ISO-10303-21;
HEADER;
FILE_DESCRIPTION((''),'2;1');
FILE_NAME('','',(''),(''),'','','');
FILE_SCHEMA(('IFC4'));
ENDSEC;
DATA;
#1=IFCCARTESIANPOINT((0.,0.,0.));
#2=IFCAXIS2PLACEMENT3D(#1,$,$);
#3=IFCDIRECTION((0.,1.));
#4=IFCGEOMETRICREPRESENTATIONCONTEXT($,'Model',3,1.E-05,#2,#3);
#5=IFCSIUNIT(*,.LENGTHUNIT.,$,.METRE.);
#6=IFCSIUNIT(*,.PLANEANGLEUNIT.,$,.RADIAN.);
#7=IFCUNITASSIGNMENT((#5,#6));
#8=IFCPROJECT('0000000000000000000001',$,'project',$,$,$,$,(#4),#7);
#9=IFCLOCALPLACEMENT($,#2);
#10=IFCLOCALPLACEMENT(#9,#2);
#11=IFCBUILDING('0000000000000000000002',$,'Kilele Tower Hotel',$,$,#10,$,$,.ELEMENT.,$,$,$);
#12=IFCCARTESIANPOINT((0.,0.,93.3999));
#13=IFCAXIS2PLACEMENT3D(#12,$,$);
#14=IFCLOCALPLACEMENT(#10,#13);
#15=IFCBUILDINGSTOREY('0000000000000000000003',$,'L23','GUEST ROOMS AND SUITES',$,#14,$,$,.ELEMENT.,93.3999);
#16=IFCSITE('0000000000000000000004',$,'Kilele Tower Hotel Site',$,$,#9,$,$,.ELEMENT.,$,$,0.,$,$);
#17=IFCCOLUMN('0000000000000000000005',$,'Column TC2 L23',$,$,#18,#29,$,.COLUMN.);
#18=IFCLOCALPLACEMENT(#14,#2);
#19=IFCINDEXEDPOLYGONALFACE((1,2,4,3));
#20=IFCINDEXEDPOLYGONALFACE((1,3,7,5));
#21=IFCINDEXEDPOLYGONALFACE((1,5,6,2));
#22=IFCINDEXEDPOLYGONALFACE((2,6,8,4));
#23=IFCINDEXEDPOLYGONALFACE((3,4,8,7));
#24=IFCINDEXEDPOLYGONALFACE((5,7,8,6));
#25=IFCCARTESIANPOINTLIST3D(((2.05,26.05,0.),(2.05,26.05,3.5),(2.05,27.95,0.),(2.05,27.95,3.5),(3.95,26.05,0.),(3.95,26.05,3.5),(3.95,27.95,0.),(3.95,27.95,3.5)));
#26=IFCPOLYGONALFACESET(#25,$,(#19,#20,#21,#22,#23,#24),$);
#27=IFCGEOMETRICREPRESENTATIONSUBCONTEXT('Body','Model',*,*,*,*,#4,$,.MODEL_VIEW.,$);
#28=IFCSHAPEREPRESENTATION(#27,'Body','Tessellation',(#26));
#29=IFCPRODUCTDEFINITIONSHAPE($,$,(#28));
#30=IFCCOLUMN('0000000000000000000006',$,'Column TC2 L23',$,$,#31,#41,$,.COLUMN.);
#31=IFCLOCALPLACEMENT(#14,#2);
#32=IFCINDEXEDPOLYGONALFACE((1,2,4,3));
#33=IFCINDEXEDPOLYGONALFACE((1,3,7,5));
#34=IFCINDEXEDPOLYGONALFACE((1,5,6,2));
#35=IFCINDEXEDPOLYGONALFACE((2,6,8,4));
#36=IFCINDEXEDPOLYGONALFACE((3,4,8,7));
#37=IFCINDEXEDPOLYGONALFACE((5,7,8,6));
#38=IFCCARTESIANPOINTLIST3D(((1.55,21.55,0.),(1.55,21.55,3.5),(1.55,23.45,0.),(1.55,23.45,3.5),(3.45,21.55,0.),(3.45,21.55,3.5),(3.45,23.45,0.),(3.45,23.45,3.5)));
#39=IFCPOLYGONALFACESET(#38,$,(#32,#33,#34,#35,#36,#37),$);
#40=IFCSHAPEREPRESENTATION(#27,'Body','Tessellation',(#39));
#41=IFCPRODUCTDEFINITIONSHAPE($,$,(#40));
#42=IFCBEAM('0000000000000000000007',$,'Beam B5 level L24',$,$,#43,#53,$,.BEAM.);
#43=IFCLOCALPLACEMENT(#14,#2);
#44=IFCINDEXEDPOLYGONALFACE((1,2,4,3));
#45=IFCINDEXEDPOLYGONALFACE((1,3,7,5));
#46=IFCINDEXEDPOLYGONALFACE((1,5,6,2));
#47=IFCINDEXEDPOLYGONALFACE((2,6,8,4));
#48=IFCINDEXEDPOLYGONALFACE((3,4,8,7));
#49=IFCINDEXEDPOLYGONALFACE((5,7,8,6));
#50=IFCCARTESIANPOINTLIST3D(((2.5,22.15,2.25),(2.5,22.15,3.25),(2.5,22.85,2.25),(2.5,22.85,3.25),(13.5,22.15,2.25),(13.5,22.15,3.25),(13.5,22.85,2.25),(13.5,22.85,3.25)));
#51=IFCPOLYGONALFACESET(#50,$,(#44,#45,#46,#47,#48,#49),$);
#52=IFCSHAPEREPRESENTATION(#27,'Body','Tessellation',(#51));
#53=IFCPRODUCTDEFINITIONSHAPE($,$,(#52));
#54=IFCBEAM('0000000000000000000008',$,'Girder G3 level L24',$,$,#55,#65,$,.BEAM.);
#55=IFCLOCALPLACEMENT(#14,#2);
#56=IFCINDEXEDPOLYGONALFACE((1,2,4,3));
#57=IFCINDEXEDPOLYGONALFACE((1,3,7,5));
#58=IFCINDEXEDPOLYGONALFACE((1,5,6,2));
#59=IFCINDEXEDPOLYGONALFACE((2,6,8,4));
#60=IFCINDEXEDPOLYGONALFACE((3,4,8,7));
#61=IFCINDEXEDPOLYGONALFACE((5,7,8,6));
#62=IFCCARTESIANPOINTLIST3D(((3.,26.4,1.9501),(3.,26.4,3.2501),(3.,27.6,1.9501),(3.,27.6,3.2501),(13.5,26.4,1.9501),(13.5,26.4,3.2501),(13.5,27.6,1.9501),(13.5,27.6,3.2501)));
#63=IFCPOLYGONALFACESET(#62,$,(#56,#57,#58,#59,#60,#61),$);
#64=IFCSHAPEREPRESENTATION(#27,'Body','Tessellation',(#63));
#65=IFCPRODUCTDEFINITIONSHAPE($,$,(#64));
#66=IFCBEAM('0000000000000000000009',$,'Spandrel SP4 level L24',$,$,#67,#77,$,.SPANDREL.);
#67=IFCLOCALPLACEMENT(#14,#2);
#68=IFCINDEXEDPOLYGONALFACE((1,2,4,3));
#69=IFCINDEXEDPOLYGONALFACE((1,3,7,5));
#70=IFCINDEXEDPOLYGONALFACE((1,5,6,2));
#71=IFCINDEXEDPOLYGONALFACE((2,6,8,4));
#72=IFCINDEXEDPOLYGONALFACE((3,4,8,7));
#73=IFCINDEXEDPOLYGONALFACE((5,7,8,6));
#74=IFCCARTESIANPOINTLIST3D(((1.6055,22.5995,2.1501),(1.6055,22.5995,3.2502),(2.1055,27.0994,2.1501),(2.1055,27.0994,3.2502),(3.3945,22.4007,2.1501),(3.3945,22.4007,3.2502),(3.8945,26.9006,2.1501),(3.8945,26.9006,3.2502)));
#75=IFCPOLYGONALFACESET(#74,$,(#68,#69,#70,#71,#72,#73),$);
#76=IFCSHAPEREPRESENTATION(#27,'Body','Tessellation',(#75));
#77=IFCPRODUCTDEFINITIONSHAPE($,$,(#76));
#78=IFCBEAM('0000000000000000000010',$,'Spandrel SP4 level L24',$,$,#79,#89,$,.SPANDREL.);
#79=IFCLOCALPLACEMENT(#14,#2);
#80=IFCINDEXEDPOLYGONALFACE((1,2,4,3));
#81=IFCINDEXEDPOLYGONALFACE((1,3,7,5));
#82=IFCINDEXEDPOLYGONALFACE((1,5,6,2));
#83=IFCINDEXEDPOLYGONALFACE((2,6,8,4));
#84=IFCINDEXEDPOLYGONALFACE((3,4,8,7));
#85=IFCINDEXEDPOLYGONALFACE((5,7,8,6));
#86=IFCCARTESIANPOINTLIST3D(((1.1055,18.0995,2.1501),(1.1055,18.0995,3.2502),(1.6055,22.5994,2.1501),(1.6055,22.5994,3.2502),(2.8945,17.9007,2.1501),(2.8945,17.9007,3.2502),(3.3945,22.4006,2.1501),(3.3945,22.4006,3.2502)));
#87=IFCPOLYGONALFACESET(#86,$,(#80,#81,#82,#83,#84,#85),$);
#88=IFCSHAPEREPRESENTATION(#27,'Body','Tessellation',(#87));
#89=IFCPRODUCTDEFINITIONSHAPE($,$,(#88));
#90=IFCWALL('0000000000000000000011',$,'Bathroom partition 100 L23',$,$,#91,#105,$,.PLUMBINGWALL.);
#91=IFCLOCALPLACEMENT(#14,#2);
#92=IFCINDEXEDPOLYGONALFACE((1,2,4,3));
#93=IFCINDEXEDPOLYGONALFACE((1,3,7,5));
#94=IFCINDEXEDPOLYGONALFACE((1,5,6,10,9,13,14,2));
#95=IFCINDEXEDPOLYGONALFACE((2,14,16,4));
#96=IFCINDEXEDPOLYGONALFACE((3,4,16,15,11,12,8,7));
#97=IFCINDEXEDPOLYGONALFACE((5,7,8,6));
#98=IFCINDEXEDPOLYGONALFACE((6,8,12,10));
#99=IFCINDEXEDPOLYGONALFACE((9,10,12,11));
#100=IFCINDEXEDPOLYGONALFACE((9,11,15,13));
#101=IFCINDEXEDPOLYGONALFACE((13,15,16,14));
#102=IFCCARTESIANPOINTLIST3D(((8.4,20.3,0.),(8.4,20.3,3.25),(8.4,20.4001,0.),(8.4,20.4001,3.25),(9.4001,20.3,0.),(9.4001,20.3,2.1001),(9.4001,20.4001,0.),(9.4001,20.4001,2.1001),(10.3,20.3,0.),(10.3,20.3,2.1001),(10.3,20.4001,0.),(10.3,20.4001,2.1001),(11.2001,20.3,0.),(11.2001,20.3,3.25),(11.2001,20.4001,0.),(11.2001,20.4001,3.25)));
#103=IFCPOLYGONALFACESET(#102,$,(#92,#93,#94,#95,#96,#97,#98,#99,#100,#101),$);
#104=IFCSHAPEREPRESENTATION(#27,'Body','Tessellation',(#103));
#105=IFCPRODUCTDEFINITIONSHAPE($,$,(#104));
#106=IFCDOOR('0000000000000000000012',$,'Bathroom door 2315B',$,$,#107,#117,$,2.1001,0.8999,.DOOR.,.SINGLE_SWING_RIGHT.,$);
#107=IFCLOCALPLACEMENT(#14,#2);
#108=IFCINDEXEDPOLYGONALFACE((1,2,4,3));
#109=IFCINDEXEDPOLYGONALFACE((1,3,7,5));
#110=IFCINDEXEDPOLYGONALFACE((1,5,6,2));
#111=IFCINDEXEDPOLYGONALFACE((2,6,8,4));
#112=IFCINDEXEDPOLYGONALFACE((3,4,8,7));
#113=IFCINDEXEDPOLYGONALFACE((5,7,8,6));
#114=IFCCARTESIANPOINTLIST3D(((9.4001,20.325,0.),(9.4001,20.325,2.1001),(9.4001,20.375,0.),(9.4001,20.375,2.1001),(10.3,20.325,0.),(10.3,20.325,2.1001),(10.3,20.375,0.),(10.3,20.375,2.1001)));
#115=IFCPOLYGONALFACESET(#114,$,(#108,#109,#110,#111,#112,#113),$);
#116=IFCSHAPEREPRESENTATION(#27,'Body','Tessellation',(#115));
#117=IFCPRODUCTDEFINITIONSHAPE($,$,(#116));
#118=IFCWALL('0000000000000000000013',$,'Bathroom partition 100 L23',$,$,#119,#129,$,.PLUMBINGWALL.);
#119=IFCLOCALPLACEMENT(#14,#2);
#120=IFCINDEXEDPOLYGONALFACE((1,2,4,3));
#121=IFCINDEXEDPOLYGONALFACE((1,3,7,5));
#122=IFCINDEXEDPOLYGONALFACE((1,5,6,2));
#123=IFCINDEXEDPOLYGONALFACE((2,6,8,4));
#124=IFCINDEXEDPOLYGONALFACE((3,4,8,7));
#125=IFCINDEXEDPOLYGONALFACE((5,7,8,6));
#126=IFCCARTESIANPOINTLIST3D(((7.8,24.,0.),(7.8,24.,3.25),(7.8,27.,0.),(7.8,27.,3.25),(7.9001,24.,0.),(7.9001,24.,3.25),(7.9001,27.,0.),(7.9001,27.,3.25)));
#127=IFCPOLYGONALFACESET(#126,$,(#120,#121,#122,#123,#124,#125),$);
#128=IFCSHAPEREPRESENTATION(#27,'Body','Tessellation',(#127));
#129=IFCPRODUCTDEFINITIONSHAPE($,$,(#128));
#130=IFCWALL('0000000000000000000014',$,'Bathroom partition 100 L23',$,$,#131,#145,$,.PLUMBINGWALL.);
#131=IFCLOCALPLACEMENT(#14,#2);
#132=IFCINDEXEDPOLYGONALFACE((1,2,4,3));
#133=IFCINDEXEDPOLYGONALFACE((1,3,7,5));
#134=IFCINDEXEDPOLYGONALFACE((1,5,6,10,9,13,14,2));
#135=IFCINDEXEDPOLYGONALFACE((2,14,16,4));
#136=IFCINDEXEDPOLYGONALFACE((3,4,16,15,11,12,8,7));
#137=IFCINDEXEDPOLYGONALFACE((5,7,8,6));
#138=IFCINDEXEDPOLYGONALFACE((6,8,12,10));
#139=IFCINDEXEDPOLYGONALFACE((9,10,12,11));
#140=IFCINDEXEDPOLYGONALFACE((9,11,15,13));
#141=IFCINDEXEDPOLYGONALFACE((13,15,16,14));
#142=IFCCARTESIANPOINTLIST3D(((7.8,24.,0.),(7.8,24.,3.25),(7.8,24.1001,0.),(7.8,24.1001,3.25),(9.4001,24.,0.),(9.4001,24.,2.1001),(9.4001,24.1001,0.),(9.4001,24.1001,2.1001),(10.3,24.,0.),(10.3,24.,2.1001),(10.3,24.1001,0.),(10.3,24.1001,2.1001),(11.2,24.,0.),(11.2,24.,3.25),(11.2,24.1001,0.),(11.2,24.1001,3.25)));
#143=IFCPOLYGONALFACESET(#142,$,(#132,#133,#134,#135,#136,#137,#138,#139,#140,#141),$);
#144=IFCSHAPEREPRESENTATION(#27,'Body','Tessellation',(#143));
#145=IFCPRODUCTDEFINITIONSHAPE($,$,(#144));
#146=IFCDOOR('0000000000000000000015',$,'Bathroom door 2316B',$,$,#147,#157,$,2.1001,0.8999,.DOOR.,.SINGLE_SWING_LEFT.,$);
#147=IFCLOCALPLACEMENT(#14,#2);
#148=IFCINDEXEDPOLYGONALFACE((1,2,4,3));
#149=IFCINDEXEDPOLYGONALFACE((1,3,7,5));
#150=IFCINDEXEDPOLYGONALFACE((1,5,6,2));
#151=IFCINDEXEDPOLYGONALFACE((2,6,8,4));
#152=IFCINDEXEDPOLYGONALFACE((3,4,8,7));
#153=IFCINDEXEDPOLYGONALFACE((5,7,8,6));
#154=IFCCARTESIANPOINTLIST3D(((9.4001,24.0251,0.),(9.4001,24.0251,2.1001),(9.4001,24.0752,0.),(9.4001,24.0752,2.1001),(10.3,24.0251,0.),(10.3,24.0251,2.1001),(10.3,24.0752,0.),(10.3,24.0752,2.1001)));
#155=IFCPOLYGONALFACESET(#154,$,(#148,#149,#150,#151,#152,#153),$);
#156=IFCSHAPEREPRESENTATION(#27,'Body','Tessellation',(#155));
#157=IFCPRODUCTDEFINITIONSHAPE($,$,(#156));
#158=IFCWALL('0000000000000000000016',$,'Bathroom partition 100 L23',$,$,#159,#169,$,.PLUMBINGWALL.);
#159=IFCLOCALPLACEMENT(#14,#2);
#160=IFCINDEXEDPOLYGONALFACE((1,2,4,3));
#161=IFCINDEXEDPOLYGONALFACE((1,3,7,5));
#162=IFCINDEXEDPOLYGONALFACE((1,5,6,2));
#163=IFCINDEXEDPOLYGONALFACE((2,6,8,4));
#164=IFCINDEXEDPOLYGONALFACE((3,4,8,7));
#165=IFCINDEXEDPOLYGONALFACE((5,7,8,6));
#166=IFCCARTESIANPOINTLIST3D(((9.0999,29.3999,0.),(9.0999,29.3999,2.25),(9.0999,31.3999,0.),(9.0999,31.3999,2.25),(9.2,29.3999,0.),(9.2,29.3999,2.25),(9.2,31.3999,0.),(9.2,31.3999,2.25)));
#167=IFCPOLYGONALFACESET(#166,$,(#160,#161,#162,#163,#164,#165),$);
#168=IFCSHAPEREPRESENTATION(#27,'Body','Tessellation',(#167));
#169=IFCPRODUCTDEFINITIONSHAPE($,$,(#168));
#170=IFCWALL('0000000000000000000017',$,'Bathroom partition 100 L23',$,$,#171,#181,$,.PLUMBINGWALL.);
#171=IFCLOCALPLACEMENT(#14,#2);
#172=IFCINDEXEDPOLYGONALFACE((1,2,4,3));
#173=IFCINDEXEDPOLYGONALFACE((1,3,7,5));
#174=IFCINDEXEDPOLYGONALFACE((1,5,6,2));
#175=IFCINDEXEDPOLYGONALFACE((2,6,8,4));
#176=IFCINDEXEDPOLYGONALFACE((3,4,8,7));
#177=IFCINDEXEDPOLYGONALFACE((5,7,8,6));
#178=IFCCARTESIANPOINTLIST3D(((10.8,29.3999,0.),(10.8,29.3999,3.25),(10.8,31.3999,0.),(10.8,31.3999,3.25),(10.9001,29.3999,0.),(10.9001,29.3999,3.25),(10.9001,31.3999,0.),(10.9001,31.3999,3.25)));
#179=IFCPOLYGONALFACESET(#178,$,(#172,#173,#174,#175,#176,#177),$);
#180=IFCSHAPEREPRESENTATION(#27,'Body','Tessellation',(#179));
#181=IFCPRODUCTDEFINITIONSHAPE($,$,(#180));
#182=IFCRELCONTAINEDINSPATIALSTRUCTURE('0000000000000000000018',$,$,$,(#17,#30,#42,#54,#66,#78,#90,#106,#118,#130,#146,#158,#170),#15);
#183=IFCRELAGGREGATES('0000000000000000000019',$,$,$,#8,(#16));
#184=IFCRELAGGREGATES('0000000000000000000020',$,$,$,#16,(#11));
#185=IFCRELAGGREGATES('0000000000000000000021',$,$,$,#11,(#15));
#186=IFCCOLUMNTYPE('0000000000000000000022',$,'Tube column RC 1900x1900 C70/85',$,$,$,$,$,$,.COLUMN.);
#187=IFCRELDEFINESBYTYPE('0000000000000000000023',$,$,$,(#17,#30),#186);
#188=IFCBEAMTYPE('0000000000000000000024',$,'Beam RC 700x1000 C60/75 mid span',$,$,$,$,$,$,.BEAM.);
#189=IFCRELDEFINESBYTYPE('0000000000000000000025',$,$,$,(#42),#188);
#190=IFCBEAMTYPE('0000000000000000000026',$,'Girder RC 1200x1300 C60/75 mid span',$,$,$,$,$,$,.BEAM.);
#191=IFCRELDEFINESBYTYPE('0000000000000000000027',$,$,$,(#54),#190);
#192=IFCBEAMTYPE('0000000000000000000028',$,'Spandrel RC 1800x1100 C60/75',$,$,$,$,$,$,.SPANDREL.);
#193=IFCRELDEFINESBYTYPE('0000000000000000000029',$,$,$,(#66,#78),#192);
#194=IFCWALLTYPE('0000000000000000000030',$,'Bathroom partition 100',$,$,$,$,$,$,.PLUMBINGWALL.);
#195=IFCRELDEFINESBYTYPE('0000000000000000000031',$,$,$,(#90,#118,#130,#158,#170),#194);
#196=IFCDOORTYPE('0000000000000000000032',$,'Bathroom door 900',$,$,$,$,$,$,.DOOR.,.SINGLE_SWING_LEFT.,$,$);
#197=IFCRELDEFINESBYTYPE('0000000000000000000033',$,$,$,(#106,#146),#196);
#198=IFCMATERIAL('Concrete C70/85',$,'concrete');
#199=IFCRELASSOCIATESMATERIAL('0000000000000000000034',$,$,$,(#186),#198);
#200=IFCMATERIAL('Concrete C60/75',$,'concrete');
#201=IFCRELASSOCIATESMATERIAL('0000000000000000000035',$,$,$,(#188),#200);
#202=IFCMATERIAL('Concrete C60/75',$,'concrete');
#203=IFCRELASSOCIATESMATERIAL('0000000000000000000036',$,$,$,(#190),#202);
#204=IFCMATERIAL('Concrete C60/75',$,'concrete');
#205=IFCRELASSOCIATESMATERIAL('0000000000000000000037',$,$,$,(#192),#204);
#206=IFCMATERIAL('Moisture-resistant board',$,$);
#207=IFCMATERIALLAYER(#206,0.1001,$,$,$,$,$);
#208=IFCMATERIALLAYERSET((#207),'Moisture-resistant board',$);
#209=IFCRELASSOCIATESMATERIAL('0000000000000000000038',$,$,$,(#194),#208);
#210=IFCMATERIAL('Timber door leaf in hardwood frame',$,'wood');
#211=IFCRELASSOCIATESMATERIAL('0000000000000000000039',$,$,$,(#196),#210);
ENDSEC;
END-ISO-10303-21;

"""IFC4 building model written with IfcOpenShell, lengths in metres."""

from ifc_helpers import new_model, si_unit, direction, frame, frame_2d, origin, origin_2d, place, context, subcontext, project, spatial, rectangle, extrude, material, layer, layer_set, material_profile, profile_set, type_object, element, fill, save


model = new_model("IFC4")

# Units and contexts
model_context = context("Model", 3, precision=1e-05, world=origin(), true_north=direction((0.0, 1.0)))
body_context = subcontext(model_context, "Body", "Model", "MODEL_VIEW")
ifc_project = project(units=[si_unit("LENGTHUNIT", "METRE"), si_unit("PLANEANGLEUNIT", "RADIAN")], contexts=[model_context])

# Site, building, storey
site_placement = place(None, origin())
site = spatial("IfcSite", under=ifc_project, at=site_placement, Name="Kilele Tower Hotel Site", CompositionType="ELEMENT", RefElevation=0.0)
building_placement = place(site_placement, origin())
building = spatial("IfcBuilding", under=site, at=building_placement, Name="Kilele Tower Hotel", CompositionType="ELEMENT")
storey_placement = place(building_placement, frame((0.0, 0.0, 93.3999)))
storey = spatial("IfcBuildingStorey", under=building, at=storey_placement, Name="L23", Description="GUEST ROOMS AND SUITES", CompositionType="ELEMENT", Elevation=93.3999)

# Columns
ifc_material_1 = material(Name="Concrete C70/85", Category="concrete")
ifc_material_profile_1 = material_profile(ifc_material_1, rectangle(XDim=1.8999, YDim=1.8999, at=origin_2d()))
ifc_profile_set_1 = profile_set([ifc_material_profile_1], Name="Concrete C70/85")
column_type = type_object("IfcColumnType", Name="Tube column RC 1900x1900 C70/85", PredefinedType="COLUMN", material=ifc_profile_set_1)
for number, where, z_axis, x_axis, name in (
    (1, (3.0, 27.0, 0.0), (0.0, 0.0, 1.0), (1.0, 0.0, 0.0), "Column TC2 L23"),
    (2, (2.5, 22.5, 0.0), (0.0, 0.0, 1.0), (1.0, 0.0, 0.0), "Column TC2 L23"),
):
    element("IfcColumn", number, at=place(storey_placement, frame(where, z_axis=z_axis, x_axis=x_axis)), inside=storey, type_object=column_type, Name=name, PredefinedType="COLUMN", context=body_context, shape_type="SweptSolid", body=[
        extrude(rectangle(XDim=1.8999, YDim=1.8999, at=origin_2d()), origin(), (0.0, 0.0, 1.0), 3.5),
    ])

# Beams
ifc_material_2 = material(Name="Concrete C60/75", Category="concrete")
ifc_material_profile_2 = material_profile(ifc_material_2, rectangle(XDim=0.7, YDim=1.0, at=origin_2d()))
ifc_profile_set_2 = profile_set([ifc_material_profile_2], Name="Concrete C60/75")
beam_type_1 = type_object("IfcBeamType", Name="Beam RC 700x1000 C60/75 mid span", PredefinedType="BEAM", material=ifc_profile_set_2)
beam_1_placement = place(storey_placement, frame((2.5, 22.5, 2.75), z_axis=(1.0, 0.0, 0.0), x_axis=(0.0, 1.0, 0.0)))
element("IfcBeam", 3, at=beam_1_placement, inside=storey, type_object=beam_type_1, Name="Beam B5 level L24", PredefinedType="BEAM", context=body_context, shape_type="SweptSolid", body=[
    extrude(rectangle(XDim=0.7, YDim=1.0, at=origin_2d()), origin(), (0.0, 0.0, 1.0), 11.0),
])
ifc_material_3 = material(Name="Concrete C60/75", Category="concrete")
ifc_material_profile_3 = material_profile(ifc_material_3, rectangle(XDim=1.2, YDim=1.3, at=origin_2d()))
ifc_profile_set_3 = profile_set([ifc_material_profile_3], Name="Concrete C60/75")
beam_type_2 = type_object("IfcBeamType", Name="Girder RC 1200x1300 C60/75 mid span", PredefinedType="BEAM", material=ifc_profile_set_3)
beam_2_placement = place(storey_placement, frame((3.0, 27.0, 2.6001), z_axis=(1.0, 0.0, 0.0), x_axis=(0.0, 1.0, 0.0)))
element("IfcBeam", 4, at=beam_2_placement, inside=storey, type_object=beam_type_2, Name="Girder G3 level L24", PredefinedType="BEAM", context=body_context, shape_type="SweptSolid", body=[
    extrude(rectangle(XDim=1.2, YDim=1.3, at=origin_2d()), origin(), (0.0, 0.0, 1.0), 10.5),
])
ifc_material_4 = material(Name="Concrete C60/75", Category="concrete")
ifc_material_profile_4 = material_profile(ifc_material_4, rectangle(XDim=1.8, YDim=1.1001, at=origin_2d()))
ifc_profile_set_4 = profile_set([ifc_material_profile_4], Name="Concrete C60/75")
beam_type_3 = type_object("IfcBeamType", Name="Spandrel RC 1800x1100 C60/75", PredefinedType="SPANDREL", material=ifc_profile_set_4)
for number, where, z_axis, x_axis, name in (
    (5, (3.0, 27.0, 2.7002), (-0.110432, -0.993884, 0.0), (0.993884, -0.110432, 0.0), "Spandrel SP4 level L24"),
    (6, (2.5, 22.5, 2.7002), (-0.110432, -0.993884, 0.0), (0.993884, -0.110432, 0.0), "Spandrel SP4 level L24"),
):
    element("IfcBeam", number, at=place(storey_placement, frame(where, z_axis=z_axis, x_axis=x_axis)), inside=storey, type_object=beam_type_3, Name=name, PredefinedType="SPANDREL", context=body_context, shape_type="SweptSolid", body=[
        extrude(rectangle(XDim=1.8, YDim=1.1001, at=origin_2d()), origin(), (0.0, 0.0, 1.0), 4.5276),
    ])

# Wall, opening, door
ifc_material_5 = material(Name="Moisture-resistant board")
ifc_layer_1 = layer(ifc_material_5, 0.1001)
ifc_layer_set_1 = layer_set([ifc_layer_1], Name="Moisture-resistant board")
wall_type_1 = type_object("IfcWallType", Name="Bathroom partition 100", PredefinedType="PLUMBINGWALL", material=ifc_layer_set_1)
wall_1_placement = place(storey_placement, frame((11.2, 20.3501, 0.0), z_axis=(0.0, 0.0, 1.0), x_axis=(-1.0, 0.0, 0.0)))
wall_1 = element("IfcWall", 7, at=wall_1_placement, inside=storey, type_object=wall_type_1, Name="Bathroom partition 100 L23", PredefinedType="PLUMBINGWALL", context=body_context, shape_type="SweptSolid", body=[
    extrude(rectangle(XDim=2.8, YDim=0.1001, at=frame_2d((1.3999, 0.0))), origin(), (0.0, 0.0, 1.0), 3.25),
])
opening_1_placement = place(wall_1_placement, frame((1.7998, 0.0, 0.0), z_axis=(0.0, 0.0, 1.0), x_axis=(-1.0, 0.0, 0.0)))
opening_1 = element("IfcOpeningElement", 8, at=opening_1_placement, cuts=wall_1, PredefinedType="OPENING", context=body_context, shape_type="SweptSolid", body=[
    extrude(rectangle(XDim=0.8999, YDim=2.1001, at=frame_2d((0.45, 1.05))), frame((0.0, 0.0601, 0.0), z_axis=(0.0, -1.0, 0.0), x_axis=(1.0, 0.0, 0.0)), (0.0, 0.0, 1.0), 0.1201),
])
ifc_material_6 = material(Name="Timber door leaf in hardwood frame", Category="wood")
door_type_1 = type_object("IfcDoorType", Name="Bathroom door 900", OperationType="SINGLE_SWING_LEFT", PredefinedType="DOOR", material=ifc_material_6)
door_1_placement = place(opening_1_placement, origin())
door_1 = element("IfcDoor", 9, at=door_1_placement, inside=storey, type_object=door_type_1, Name="Bathroom door 2315B", OperationType="SINGLE_SWING_RIGHT", OverallHeight=2.1001, OverallWidth=0.8999, PredefinedType="DOOR", context=body_context, shape_type="SweptSolid", body=[
    extrude(rectangle(XDim=0.8999, YDim=2.1001, at=frame_2d((0.45, 1.05))), frame((0.0, 0.0249, 0.0), z_axis=(0.0, -1.0, 0.0), x_axis=(1.0, 0.0, 0.0)), (0.0, 0.0, 1.0), 0.05),
])
fill(opening_1, door_1)

# Wall
wall_2_placement = place(storey_placement, frame((7.8501, 24.0, 0.0), z_axis=(0.0, 0.0, 1.0), x_axis=(0.0, 1.0, 0.0)))
element("IfcWall", 10, at=wall_2_placement, inside=storey, type_object=wall_type_1, Name="Bathroom partition 100 L23", PredefinedType="PLUMBINGWALL", context=body_context, shape_type="SweptSolid", body=[
    extrude(rectangle(XDim=3.0, YDim=0.1001, at=frame_2d((1.5, 0.0))), origin(), (0.0, 0.0, 1.0), 3.25),
])

# Wall, opening, door
wall_3_placement = place(storey_placement, frame((11.2, 24.05, 0.0), z_axis=(0.0, 0.0, 1.0), x_axis=(-1.0, 0.0, 0.0)))
wall_3 = element("IfcWall", 11, at=wall_3_placement, inside=storey, type_object=wall_type_1, Name="Bathroom partition 100 L23", PredefinedType="PLUMBINGWALL", context=body_context, shape_type="SweptSolid", body=[
    extrude(rectangle(XDim=3.3999, YDim=0.1001, at=frame_2d((1.7, 0.0))), origin(), (0.0, 0.0, 1.0), 3.25),
])
opening_2_placement = place(wall_3_placement, frame((0.8999, 0.0, 0.0)))
opening_2 = element("IfcOpeningElement", 12, at=opening_2_placement, cuts=wall_3, PredefinedType="OPENING", context=body_context, shape_type="SweptSolid", body=[
    extrude(rectangle(XDim=0.8999, YDim=2.1001, at=frame_2d((0.45, 1.05))), frame((0.0, 0.0601, 0.0), z_axis=(0.0, -1.0, 0.0), x_axis=(1.0, 0.0, 0.0)), (0.0, 0.0, 1.0), 0.1201),
])
door_2_placement = place(opening_2_placement, origin())
door_2 = element("IfcDoor", 13, at=door_2_placement, inside=storey, type_object=door_type_1, Name="Bathroom door 2316B", OperationType="SINGLE_SWING_LEFT", OverallHeight=2.1001, OverallWidth=0.8999, PredefinedType="DOOR", context=body_context, shape_type="SweptSolid", body=[
    extrude(rectangle(XDim=0.8999, YDim=2.1001, at=frame_2d((0.45, 1.05))), frame((0.0, 0.0249, 0.0), z_axis=(0.0, -1.0, 0.0), x_axis=(1.0, 0.0, 0.0)), (0.0, 0.0, 1.0), 0.05),
])
fill(opening_2, door_2)

# Walls
wall_4_placement = place(storey_placement, frame((9.1499, 31.3999, 0.0), z_axis=(0.0, 0.0, 1.0), x_axis=(0.0, -1.0, 0.0)))
element("IfcWall", 14, at=wall_4_placement, inside=storey, type_object=wall_type_1, Name="Bathroom partition 100 L23", PredefinedType="PLUMBINGWALL", context=body_context, shape_type="SweptSolid", body=[
    extrude(rectangle(XDim=2.0, YDim=0.1001, at=frame_2d((1.0, 0.0))), origin(), (0.0, 0.0, 1.0), 2.25),
])
wall_5_placement = place(storey_placement, frame((10.8501, 31.3999, 0.0), z_axis=(0.0, 0.0, 1.0), x_axis=(0.0, -1.0, 0.0)))
element("IfcWall", 15, at=wall_5_placement, inside=storey, type_object=wall_type_1, Name="Bathroom partition 100 L23", PredefinedType="PLUMBINGWALL", context=body_context, shape_type="SweptSolid", body=[
    extrude(rectangle(XDim=2.0, YDim=0.1001, at=frame_2d((1.0, 0.0))), origin(), (0.0, 0.0, 1.0), 3.25),
])

save(model, "model.ifc")
